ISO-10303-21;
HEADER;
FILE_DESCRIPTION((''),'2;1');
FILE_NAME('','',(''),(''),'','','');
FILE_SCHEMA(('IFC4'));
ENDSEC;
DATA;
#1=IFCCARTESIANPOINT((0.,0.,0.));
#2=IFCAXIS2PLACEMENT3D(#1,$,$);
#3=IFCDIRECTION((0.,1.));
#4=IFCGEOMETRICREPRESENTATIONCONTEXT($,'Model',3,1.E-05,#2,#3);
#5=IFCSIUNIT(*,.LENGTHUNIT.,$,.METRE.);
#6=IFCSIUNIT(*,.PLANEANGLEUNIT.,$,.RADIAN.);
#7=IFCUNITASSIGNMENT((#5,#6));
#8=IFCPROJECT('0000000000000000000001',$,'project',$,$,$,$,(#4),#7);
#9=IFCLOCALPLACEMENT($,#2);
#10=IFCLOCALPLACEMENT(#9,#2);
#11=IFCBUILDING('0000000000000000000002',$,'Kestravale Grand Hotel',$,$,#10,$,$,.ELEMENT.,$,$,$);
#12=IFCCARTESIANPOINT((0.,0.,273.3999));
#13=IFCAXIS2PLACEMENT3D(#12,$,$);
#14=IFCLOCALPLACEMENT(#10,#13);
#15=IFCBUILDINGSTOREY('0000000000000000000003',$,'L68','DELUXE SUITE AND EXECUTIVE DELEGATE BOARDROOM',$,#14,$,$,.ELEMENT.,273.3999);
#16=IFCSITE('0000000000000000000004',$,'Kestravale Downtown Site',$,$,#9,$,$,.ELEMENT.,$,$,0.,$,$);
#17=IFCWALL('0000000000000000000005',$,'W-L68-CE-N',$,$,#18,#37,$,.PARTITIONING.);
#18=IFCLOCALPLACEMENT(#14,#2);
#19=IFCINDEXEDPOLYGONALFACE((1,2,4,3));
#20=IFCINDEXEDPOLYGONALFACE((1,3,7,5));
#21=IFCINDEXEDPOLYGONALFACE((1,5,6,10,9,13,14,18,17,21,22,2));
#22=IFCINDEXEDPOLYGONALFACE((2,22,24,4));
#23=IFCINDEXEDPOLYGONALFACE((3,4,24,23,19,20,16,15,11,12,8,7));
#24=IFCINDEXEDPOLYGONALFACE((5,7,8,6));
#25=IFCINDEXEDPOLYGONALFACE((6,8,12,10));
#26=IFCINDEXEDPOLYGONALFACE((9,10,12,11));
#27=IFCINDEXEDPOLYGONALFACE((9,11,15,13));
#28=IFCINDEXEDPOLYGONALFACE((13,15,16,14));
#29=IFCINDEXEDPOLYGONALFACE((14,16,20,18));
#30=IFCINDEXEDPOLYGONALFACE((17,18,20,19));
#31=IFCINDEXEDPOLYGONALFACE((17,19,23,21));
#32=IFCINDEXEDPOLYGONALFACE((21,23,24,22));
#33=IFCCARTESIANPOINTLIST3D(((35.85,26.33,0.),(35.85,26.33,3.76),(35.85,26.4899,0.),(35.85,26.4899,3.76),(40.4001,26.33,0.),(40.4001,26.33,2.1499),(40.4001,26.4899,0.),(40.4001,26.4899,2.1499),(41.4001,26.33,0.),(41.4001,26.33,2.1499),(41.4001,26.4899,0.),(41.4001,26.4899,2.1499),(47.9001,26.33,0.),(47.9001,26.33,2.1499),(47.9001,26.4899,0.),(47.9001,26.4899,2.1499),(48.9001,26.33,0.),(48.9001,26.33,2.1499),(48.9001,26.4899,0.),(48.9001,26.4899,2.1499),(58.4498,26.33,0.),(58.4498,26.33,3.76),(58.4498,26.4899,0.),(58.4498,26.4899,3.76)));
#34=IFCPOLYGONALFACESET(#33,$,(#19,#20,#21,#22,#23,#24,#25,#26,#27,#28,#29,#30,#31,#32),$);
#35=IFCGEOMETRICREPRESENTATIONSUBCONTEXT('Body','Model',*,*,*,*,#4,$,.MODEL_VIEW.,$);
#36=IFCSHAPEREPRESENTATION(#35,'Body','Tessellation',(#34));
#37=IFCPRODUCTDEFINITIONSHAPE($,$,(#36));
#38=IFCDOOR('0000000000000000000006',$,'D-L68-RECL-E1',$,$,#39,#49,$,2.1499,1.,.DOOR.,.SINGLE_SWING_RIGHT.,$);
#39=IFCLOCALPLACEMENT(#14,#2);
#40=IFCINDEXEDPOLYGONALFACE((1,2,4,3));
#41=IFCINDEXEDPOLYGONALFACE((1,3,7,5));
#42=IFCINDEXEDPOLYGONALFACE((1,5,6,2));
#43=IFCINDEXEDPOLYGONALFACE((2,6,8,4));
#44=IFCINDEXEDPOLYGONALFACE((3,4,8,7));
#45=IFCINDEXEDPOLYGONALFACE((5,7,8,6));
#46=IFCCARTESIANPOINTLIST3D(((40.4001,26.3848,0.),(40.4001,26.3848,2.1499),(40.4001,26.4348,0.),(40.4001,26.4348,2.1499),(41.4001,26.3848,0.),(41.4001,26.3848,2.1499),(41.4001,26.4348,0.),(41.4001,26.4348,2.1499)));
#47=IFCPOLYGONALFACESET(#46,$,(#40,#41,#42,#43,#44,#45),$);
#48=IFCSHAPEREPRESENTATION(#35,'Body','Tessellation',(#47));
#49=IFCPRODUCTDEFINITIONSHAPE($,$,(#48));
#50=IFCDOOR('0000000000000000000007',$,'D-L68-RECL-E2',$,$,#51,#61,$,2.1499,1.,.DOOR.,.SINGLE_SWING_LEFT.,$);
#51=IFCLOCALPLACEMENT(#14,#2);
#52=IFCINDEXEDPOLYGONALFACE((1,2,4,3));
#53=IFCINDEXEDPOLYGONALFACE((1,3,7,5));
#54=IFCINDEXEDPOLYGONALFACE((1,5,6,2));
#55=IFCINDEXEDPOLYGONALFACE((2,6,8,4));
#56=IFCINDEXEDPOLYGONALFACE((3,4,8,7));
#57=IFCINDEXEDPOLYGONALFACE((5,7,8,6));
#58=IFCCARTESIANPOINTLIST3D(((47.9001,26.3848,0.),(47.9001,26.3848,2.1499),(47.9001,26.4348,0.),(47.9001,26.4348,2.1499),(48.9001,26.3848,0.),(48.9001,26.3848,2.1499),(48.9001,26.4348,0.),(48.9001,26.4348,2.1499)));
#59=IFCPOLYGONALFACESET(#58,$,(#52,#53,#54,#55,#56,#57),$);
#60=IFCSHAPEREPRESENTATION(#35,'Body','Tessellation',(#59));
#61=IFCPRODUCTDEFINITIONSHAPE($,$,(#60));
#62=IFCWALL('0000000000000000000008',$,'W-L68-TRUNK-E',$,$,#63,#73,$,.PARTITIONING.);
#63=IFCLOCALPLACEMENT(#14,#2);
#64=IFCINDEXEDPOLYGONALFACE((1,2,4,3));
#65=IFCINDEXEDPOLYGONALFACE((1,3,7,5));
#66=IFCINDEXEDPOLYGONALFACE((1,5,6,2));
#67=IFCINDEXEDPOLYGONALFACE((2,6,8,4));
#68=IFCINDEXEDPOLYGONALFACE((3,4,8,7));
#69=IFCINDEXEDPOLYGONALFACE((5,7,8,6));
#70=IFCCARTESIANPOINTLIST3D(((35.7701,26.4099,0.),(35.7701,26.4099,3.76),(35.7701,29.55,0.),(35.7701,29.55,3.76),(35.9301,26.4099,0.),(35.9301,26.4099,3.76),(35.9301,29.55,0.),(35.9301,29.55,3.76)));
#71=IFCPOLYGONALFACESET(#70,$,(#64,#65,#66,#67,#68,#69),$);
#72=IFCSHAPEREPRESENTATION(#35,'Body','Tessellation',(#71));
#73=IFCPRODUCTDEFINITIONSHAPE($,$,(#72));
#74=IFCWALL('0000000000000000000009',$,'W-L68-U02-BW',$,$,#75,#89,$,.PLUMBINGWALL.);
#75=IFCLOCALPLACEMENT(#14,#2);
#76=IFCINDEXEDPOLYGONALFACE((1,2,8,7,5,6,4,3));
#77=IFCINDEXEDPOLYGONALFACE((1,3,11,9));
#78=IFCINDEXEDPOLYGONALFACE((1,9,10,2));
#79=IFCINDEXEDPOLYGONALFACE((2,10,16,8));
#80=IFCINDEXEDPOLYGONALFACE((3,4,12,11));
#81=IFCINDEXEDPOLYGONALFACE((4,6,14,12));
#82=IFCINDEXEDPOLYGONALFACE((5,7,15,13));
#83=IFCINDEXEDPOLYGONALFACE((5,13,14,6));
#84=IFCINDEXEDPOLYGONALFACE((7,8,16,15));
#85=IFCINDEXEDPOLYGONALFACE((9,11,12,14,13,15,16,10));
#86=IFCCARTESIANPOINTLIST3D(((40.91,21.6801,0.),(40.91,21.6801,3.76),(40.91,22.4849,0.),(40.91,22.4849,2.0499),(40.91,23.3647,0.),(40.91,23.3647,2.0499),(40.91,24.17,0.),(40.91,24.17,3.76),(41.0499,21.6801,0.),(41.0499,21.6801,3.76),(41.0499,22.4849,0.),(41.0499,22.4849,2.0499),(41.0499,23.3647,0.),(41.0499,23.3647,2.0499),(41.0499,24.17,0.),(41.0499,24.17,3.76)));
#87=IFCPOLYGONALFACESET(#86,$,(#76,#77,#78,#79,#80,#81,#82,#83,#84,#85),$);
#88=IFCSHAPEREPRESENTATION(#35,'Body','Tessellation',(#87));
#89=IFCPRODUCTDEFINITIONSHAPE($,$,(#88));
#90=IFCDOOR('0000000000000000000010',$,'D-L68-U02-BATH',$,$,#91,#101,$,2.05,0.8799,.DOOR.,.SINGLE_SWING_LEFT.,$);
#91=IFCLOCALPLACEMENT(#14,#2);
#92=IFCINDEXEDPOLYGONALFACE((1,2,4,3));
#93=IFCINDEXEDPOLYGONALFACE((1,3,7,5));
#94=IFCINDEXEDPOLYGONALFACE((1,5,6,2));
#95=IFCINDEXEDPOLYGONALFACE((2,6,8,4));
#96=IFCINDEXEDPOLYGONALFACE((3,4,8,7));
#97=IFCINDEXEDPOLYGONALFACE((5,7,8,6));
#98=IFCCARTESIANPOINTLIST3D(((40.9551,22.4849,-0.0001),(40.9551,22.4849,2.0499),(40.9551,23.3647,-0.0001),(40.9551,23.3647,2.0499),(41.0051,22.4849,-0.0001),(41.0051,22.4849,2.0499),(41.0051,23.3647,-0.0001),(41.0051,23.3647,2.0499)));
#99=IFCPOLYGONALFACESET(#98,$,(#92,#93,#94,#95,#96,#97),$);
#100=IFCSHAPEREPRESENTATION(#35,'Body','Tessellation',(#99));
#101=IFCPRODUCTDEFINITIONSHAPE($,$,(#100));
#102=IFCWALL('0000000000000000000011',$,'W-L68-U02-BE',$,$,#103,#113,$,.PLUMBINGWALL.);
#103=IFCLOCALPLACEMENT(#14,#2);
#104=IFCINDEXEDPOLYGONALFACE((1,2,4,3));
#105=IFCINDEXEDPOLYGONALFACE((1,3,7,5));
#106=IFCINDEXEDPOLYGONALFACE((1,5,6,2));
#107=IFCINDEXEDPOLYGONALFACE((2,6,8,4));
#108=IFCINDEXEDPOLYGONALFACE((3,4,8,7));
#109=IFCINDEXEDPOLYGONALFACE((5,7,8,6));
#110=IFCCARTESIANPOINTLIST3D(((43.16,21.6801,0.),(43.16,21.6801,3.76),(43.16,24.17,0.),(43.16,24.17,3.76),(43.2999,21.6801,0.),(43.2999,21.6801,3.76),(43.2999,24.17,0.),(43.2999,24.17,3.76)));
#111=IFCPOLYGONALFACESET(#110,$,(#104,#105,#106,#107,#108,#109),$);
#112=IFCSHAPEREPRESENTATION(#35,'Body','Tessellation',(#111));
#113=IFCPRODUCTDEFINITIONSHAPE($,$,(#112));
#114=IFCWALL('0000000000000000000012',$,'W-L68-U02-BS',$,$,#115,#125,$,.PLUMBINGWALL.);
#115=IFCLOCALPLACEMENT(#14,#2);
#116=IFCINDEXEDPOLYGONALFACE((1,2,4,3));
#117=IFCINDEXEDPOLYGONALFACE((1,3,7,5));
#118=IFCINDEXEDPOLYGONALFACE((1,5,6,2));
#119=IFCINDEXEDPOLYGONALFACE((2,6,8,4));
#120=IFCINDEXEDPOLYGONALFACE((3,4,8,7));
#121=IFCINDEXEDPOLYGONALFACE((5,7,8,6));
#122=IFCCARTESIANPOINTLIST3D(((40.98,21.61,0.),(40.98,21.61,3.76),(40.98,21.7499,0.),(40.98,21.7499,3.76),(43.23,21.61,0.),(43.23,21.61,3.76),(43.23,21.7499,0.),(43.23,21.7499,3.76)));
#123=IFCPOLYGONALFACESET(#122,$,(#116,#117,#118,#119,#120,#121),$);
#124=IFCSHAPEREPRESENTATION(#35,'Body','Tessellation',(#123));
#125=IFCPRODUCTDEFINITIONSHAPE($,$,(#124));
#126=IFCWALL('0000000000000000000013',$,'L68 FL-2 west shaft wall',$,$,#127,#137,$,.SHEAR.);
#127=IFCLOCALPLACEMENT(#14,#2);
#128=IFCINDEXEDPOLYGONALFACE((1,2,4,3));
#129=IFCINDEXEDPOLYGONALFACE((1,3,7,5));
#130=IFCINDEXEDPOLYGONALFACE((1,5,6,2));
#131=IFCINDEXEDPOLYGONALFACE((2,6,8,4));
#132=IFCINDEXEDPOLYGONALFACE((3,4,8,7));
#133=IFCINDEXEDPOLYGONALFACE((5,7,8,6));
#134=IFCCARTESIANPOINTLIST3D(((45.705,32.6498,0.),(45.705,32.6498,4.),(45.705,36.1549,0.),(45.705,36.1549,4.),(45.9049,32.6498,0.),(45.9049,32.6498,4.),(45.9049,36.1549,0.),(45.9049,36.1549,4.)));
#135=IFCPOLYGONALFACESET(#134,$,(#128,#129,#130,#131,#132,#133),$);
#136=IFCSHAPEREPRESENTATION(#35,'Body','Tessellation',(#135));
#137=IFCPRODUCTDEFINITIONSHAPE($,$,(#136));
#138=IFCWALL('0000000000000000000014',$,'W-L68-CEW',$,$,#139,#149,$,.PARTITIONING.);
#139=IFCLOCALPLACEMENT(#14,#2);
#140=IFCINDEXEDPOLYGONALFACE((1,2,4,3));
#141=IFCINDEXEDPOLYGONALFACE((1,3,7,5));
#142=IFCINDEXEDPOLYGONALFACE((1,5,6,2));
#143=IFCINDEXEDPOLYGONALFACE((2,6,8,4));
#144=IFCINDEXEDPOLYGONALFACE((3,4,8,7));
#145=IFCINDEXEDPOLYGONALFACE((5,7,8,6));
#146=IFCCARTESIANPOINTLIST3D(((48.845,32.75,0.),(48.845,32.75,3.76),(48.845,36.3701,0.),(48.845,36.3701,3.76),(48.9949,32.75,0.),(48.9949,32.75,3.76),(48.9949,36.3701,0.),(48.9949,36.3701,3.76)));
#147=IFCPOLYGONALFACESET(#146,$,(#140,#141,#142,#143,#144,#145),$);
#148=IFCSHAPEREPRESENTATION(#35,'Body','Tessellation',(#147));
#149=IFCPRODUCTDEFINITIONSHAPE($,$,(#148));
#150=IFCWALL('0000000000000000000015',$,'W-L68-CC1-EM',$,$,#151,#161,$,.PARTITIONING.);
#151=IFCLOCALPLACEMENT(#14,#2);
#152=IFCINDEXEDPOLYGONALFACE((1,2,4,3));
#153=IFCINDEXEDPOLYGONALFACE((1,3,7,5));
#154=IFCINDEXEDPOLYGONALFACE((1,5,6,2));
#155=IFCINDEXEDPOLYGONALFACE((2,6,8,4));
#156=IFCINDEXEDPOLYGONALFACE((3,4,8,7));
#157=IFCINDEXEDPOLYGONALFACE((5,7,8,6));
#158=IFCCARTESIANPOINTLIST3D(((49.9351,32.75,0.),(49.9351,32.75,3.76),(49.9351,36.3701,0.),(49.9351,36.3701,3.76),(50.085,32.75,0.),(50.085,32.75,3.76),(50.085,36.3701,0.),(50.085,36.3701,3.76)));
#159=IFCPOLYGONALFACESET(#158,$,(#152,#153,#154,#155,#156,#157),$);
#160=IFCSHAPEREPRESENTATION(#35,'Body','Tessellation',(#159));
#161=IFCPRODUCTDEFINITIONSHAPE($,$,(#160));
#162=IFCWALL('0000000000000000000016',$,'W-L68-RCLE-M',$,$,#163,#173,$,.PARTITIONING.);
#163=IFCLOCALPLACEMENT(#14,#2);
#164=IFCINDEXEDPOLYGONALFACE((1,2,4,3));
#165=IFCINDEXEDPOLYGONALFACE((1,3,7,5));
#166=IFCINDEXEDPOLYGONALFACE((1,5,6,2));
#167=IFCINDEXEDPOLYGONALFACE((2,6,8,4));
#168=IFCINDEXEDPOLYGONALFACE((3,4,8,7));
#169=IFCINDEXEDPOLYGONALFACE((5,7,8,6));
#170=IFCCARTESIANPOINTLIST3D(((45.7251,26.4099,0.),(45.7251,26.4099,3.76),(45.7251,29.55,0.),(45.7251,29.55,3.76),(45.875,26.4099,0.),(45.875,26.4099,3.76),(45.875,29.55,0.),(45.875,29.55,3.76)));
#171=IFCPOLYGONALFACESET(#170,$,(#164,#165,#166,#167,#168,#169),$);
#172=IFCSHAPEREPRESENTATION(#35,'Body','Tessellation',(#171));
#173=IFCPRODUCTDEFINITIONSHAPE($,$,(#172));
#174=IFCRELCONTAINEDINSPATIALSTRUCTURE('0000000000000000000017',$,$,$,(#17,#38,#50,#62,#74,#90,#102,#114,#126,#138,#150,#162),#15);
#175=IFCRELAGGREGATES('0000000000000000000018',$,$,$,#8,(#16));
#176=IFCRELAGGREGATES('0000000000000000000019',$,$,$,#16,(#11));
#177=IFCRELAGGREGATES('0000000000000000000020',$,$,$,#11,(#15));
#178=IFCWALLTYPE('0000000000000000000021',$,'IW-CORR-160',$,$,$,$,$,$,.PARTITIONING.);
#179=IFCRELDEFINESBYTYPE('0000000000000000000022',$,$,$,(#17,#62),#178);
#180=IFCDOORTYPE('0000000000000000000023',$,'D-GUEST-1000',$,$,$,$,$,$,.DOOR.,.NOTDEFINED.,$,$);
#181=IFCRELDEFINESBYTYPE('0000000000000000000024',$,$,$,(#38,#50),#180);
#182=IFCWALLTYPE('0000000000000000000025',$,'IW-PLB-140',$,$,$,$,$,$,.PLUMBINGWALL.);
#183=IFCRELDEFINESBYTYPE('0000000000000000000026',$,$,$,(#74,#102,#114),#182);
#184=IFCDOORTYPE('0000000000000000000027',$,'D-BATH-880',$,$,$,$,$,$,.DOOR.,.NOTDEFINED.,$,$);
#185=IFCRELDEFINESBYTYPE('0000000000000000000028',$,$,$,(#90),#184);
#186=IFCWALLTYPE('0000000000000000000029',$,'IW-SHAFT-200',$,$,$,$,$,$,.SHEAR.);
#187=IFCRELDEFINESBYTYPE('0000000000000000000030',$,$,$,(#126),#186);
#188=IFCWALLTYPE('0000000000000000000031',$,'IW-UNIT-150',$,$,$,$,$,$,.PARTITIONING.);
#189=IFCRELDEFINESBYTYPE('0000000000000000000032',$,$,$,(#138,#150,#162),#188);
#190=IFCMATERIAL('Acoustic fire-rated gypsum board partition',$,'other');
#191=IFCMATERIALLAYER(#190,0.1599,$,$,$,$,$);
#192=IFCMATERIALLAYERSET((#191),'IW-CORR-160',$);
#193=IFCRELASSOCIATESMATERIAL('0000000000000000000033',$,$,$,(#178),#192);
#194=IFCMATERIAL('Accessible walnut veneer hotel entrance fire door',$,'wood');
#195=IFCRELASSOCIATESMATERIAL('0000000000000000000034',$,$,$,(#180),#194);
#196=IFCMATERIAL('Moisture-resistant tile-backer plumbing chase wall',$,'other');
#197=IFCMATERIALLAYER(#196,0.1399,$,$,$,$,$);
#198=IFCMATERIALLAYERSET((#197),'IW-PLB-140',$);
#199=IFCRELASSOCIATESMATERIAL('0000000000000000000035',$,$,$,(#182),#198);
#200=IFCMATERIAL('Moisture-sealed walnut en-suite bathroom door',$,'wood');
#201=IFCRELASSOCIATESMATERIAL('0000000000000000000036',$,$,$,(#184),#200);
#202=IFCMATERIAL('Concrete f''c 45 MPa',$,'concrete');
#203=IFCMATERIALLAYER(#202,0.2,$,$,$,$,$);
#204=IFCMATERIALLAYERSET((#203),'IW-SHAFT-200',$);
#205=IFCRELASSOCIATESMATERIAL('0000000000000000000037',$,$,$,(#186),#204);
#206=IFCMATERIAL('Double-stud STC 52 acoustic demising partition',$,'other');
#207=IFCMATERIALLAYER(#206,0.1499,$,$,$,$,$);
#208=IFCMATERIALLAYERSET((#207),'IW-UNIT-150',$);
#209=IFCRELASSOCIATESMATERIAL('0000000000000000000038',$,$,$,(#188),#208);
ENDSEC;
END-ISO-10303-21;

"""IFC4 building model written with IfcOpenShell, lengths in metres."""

from ifc_helpers import new_model, si_unit, direction, frame, frame_2d, origin, place, context, subcontext, project, spatial, rectangle, extrude, material, layer, layer_set, type_object, element, fill, save


model = new_model("IFC4")

# Units and contexts
model_context = context("Model", 3, precision=1e-05, world=origin(), true_north=direction((0.0, 1.0)))
body_context = subcontext(model_context, "Body", "Model", "MODEL_VIEW")
ifc_project = project(units=[si_unit("LENGTHUNIT", "METRE"), si_unit("PLANEANGLEUNIT", "RADIAN")], contexts=[model_context])

# Site, building, storey
site_placement = place(None, origin())
site = spatial("IfcSite", under=ifc_project, at=site_placement, Name="Kestravale Downtown Site", CompositionType="ELEMENT", RefElevation=0.0)
building_placement = place(site_placement, origin())
building = spatial("IfcBuilding", under=site, at=building_placement, Name="Kestravale Grand Hotel", CompositionType="ELEMENT")
storey_placement = place(building_placement, frame((0.0, 0.0, 273.3999)))
storey = spatial("IfcBuildingStorey", under=building, at=storey_placement, Name="L68", Description="DELUXE SUITE AND EXECUTIVE DELEGATE BOARDROOM", CompositionType="ELEMENT", Elevation=273.3999)

# Wall, openings, doors
ifc_material_1 = material(Name="Acoustic fire-rated gypsum board partition", Category="other")
ifc_layer_1 = layer(ifc_material_1, 0.1599)
ifc_layer_set_1 = layer_set([ifc_layer_1], Name="IW-CORR-160")
wall_type_1 = type_object("IfcWallType", Name="IW-CORR-160", PredefinedType="PARTITIONING", material=ifc_layer_set_1)
wall_1_placement = place(storey_placement, frame((35.8501, 26.4099, 0.0), z_axis=(0.0, 0.0, 1.0), x_axis=(1.0, 0.0, 0.0)))
wall_1 = element("IfcWall", 1, at=wall_1_placement, inside=storey, type_object=wall_type_1, Name="W-L68-CE-N", PredefinedType="PARTITIONING", context=body_context, shape_type="SweptSolid", body=[
    extrude(rectangle(XDim=22.5999, YDim=0.1599, at=frame_2d((11.2998, 0.0))), origin(), (0.0, 0.0, 1.0), 3.76),
])
opening_1_placement = place(wall_1_placement, frame((4.55, 0.0, 0.0)))
opening_1 = element("IfcOpeningElement", 2, at=opening_1_placement, cuts=wall_1, PredefinedType="OPENING", context=body_context, shape_type="SweptSolid", body=[
    extrude(rectangle(XDim=1.0, YDim=2.1499, at=frame_2d((0.5, 1.075))), frame((0.0, 0.0898, 0.0), z_axis=(0.0, -1.0, 0.0), x_axis=(1.0, 0.0, 0.0)), (0.0, 0.0, 1.0), 0.1799),
])
opening_2_placement = place(wall_1_placement, frame((12.05, 0.0, 0.0)))
opening_2 = element("IfcOpeningElement", 3, at=opening_2_placement, cuts=wall_1, PredefinedType="OPENING", context=body_context, shape_type="SweptSolid", body=[
    extrude(rectangle(XDim=1.0, YDim=2.1499, at=frame_2d((0.5, 1.075))), frame((0.0, 0.0898, 0.0), z_axis=(0.0, -1.0, 0.0), x_axis=(1.0, 0.0, 0.0)), (0.0, 0.0, 1.0), 0.1799),
])
ifc_material_2 = material(Name="Accessible walnut veneer hotel entrance fire door", Category="wood")
door_type_1 = type_object("IfcDoorType", Name="D-GUEST-1000", OperationType="NOTDEFINED", PredefinedType="DOOR", material=ifc_material_2)
door_1_placement = place(opening_1_placement, origin())
door_1 = element("IfcDoor", 4, at=door_1_placement, inside=storey, type_object=door_type_1, Name="D-L68-RECL-E1", OperationType="SINGLE_SWING_RIGHT", OverallHeight=2.1499, OverallWidth=1.0, PredefinedType="DOOR", context=body_context, shape_type="SweptSolid", body=[
    extrude(rectangle(XDim=1.0, YDim=2.1499, at=frame_2d((0.5, 1.075))), frame((0.0, 0.0249, 0.0), z_axis=(0.0, -1.0, 0.0), x_axis=(1.0, 0.0, 0.0)), (0.0, 0.0, 1.0), 0.05),
])
fill(opening_1, door_1)
door_2_placement = place(opening_2_placement, origin())
door_2 = element("IfcDoor", 5, at=door_2_placement, inside=storey, type_object=door_type_1, Name="D-L68-RECL-E2", OperationType="SINGLE_SWING_LEFT", OverallHeight=2.1499, OverallWidth=1.0, PredefinedType="DOOR", context=body_context, shape_type="SweptSolid", body=[
    extrude(rectangle(XDim=1.0, YDim=2.1499, at=frame_2d((0.5, 1.075))), frame((0.0, 0.0249, 0.0), z_axis=(0.0, -1.0, 0.0), x_axis=(1.0, 0.0, 0.0)), (0.0, 0.0, 1.0), 0.05),
])
fill(opening_2, door_2)

# Wall
wall_2_placement = place(storey_placement, frame((35.8501, 26.4099, 0.0), z_axis=(0.0, 0.0, 1.0), x_axis=(0.0, 1.0, 0.0)))
element("IfcWall", 6, at=wall_2_placement, inside=storey, type_object=wall_type_1, Name="W-L68-TRUNK-E", PredefinedType="PARTITIONING", context=body_context, shape_type="SweptSolid", body=[
    extrude(rectangle(XDim=3.1401, YDim=0.1599, at=frame_2d((1.5701, 0.0))), origin(), (0.0, 0.0, 1.0), 3.76),
])

# Wall, opening, door
ifc_material_3 = material(Name="Moisture-resistant tile-backer plumbing chase wall", Category="other")
ifc_layer_2 = layer(ifc_material_3, 0.1399)
ifc_layer_set_2 = layer_set([ifc_layer_2], Name="IW-PLB-140")
wall_type_2 = type_object("IfcWallType", Name="IW-PLB-140", PredefinedType="PLUMBINGWALL", material=ifc_layer_set_2)
wall_3_placement = place(storey_placement, frame((40.98, 21.6799, 0.0), z_axis=(0.0, 0.0, 1.0), x_axis=(0.0, 1.0, 0.0)))
wall_3 = element("IfcWall", 7, at=wall_3_placement, inside=storey, type_object=wall_type_2, Name="W-L68-U02-BW", PredefinedType="PLUMBINGWALL", context=body_context, shape_type="SweptSolid", body=[
    extrude(rectangle(XDim=2.49, YDim=0.1399, at=frame_2d((1.2451, 0.0))), origin(), (0.0, 0.0, 1.0), 3.76),
])
opening_3_placement = place(wall_3_placement, frame((0.8049, 0.0, 0.0)))
opening_3 = element("IfcOpeningElement", 8, at=opening_3_placement, cuts=wall_3, PredefinedType="OPENING", context=body_context, shape_type="SweptSolid", body=[
    extrude(rectangle(XDim=0.8799, YDim=2.05, at=frame_2d((0.4399, 1.0249))), frame((0.0, 0.0798, 0.0), z_axis=(0.0, -1.0, 0.0), x_axis=(1.0, 0.0, 0.0)), (0.0, 0.0, 1.0), 0.1599),
])
ifc_material_4 = material(Name="Moisture-sealed walnut en-suite bathroom door", Category="wood")
door_type_2 = type_object("IfcDoorType", Name="D-BATH-880", OperationType="NOTDEFINED", PredefinedType="DOOR", material=ifc_material_4)
door_3_placement = place(opening_3_placement, origin())
door_3 = element("IfcDoor", 9, at=door_3_placement, inside=storey, type_object=door_type_2, Name="D-L68-U02-BATH", OperationType="SINGLE_SWING_LEFT", OverallHeight=2.05, OverallWidth=0.8799, PredefinedType="DOOR", context=body_context, shape_type="SweptSolid", body=[
    extrude(rectangle(XDim=0.8799, YDim=2.05, at=frame_2d((0.4399, 1.0249))), frame((0.0, 0.0249, 0.0), z_axis=(0.0, -1.0, 0.0), x_axis=(1.0, 0.0, 0.0)), (0.0, 0.0, 1.0), 0.05),
])
fill(opening_3, door_3)

# Walls
wall_4_placement = place(storey_placement, frame((43.23, 21.6799, 0.0), z_axis=(0.0, 0.0, 1.0), x_axis=(0.0, 1.0, 0.0)))
element("IfcWall", 10, at=wall_4_placement, inside=storey, type_object=wall_type_2, Name="W-L68-U02-BE", PredefinedType="PLUMBINGWALL", context=body_context, shape_type="SweptSolid", body=[
    extrude(rectangle(XDim=2.49, YDim=0.1399, at=frame_2d((1.2451, 0.0))), origin(), (0.0, 0.0, 1.0), 3.76),
])
wall_5_placement = place(storey_placement, frame((40.98, 21.6799, 0.0), z_axis=(0.0, 0.0, 1.0), x_axis=(1.0, 0.0, 0.0)))
element("IfcWall", 11, at=wall_5_placement, inside=storey, type_object=wall_type_2, Name="W-L68-U02-BS", PredefinedType="PLUMBINGWALL", context=body_context, shape_type="SweptSolid", body=[
    extrude(rectangle(XDim=2.25, YDim=0.1399, at=frame_2d((1.125, 0.0))), origin(), (0.0, 0.0, 1.0), 3.76),
])
ifc_material_5 = material(Name="Concrete f'c 45 MPa", Category="concrete")
ifc_layer_3 = layer(ifc_material_5, 0.2)
ifc_layer_set_3 = layer_set([ifc_layer_3], Name="IW-SHAFT-200")
wall_type_3 = type_object("IfcWallType", Name="IW-SHAFT-200", PredefinedType="SHEAR", material=ifc_layer_set_3)
wall_6_placement = place(storey_placement, frame((45.8049, 32.6499, 0.0), z_axis=(0.0, 0.0, 1.0), x_axis=(0.0, 1.0, 0.0)))
element("IfcWall", 12, at=wall_6_placement, inside=storey, type_object=wall_type_3, Name="L68 FL-2 west shaft wall", PredefinedType="SHEAR", context=body_context, shape_type="SweptSolid", body=[
    extrude(rectangle(XDim=3.5051, YDim=0.2, at=frame_2d((1.7524, 0.0))), origin(), (0.0, 0.0, 1.0), 4.0),
])
ifc_material_6 = material(Name="Double-stud STC 52 acoustic demising partition", Category="other")
ifc_layer_4 = layer(ifc_material_6, 0.1499)
ifc_layer_set_4 = layer_set([ifc_layer_4], Name="IW-UNIT-150")
wall_type_4 = type_object("IfcWallType", Name="IW-UNIT-150", PredefinedType="PARTITIONING", material=ifc_layer_set_4)
for number, where, z_axis, x_axis, name in (
    (13, (48.9199, 32.75, 0.0), (0.0, 0.0, 1.0), (0.0, 1.0, 0.0), "W-L68-CEW"),
    (14, (50.01, 32.75, 0.0), (0.0, 0.0, 1.0), (0.0, 1.0, 0.0), "W-L68-CC1-EM"),
):
    element("IfcWall", number, at=place(storey_placement, frame(where, z_axis=z_axis, x_axis=x_axis)), inside=storey, type_object=wall_type_4, Name=name, PredefinedType="PARTITIONING", context=body_context, shape_type="SweptSolid", body=[
        extrude(rectangle(XDim=3.6201, YDim=0.1499, at=frame_2d((1.8101, 0.0))), origin(), (0.0, 0.0, 1.0), 3.76),
    ])
for number, where, z_axis, x_axis, name in (
    (15, (45.8, 26.4099, 0.0), (0.0, 0.0, 1.0), (0.0, 1.0, 0.0), "W-L68-RCLE-M"),
):
    element("IfcWall", number, at=place(storey_placement, frame(where, z_axis=z_axis, x_axis=x_axis)), inside=storey, type_object=wall_type_4, Name=name, PredefinedType="PARTITIONING", context=body_context, shape_type="SweptSolid", body=[
        extrude(rectangle(XDim=3.1401, YDim=0.1499, at=frame_2d((1.5701, 0.0))), origin(), (0.0, 0.0, 1.0), 3.76),
    ])

save(model, "model.ifc")
